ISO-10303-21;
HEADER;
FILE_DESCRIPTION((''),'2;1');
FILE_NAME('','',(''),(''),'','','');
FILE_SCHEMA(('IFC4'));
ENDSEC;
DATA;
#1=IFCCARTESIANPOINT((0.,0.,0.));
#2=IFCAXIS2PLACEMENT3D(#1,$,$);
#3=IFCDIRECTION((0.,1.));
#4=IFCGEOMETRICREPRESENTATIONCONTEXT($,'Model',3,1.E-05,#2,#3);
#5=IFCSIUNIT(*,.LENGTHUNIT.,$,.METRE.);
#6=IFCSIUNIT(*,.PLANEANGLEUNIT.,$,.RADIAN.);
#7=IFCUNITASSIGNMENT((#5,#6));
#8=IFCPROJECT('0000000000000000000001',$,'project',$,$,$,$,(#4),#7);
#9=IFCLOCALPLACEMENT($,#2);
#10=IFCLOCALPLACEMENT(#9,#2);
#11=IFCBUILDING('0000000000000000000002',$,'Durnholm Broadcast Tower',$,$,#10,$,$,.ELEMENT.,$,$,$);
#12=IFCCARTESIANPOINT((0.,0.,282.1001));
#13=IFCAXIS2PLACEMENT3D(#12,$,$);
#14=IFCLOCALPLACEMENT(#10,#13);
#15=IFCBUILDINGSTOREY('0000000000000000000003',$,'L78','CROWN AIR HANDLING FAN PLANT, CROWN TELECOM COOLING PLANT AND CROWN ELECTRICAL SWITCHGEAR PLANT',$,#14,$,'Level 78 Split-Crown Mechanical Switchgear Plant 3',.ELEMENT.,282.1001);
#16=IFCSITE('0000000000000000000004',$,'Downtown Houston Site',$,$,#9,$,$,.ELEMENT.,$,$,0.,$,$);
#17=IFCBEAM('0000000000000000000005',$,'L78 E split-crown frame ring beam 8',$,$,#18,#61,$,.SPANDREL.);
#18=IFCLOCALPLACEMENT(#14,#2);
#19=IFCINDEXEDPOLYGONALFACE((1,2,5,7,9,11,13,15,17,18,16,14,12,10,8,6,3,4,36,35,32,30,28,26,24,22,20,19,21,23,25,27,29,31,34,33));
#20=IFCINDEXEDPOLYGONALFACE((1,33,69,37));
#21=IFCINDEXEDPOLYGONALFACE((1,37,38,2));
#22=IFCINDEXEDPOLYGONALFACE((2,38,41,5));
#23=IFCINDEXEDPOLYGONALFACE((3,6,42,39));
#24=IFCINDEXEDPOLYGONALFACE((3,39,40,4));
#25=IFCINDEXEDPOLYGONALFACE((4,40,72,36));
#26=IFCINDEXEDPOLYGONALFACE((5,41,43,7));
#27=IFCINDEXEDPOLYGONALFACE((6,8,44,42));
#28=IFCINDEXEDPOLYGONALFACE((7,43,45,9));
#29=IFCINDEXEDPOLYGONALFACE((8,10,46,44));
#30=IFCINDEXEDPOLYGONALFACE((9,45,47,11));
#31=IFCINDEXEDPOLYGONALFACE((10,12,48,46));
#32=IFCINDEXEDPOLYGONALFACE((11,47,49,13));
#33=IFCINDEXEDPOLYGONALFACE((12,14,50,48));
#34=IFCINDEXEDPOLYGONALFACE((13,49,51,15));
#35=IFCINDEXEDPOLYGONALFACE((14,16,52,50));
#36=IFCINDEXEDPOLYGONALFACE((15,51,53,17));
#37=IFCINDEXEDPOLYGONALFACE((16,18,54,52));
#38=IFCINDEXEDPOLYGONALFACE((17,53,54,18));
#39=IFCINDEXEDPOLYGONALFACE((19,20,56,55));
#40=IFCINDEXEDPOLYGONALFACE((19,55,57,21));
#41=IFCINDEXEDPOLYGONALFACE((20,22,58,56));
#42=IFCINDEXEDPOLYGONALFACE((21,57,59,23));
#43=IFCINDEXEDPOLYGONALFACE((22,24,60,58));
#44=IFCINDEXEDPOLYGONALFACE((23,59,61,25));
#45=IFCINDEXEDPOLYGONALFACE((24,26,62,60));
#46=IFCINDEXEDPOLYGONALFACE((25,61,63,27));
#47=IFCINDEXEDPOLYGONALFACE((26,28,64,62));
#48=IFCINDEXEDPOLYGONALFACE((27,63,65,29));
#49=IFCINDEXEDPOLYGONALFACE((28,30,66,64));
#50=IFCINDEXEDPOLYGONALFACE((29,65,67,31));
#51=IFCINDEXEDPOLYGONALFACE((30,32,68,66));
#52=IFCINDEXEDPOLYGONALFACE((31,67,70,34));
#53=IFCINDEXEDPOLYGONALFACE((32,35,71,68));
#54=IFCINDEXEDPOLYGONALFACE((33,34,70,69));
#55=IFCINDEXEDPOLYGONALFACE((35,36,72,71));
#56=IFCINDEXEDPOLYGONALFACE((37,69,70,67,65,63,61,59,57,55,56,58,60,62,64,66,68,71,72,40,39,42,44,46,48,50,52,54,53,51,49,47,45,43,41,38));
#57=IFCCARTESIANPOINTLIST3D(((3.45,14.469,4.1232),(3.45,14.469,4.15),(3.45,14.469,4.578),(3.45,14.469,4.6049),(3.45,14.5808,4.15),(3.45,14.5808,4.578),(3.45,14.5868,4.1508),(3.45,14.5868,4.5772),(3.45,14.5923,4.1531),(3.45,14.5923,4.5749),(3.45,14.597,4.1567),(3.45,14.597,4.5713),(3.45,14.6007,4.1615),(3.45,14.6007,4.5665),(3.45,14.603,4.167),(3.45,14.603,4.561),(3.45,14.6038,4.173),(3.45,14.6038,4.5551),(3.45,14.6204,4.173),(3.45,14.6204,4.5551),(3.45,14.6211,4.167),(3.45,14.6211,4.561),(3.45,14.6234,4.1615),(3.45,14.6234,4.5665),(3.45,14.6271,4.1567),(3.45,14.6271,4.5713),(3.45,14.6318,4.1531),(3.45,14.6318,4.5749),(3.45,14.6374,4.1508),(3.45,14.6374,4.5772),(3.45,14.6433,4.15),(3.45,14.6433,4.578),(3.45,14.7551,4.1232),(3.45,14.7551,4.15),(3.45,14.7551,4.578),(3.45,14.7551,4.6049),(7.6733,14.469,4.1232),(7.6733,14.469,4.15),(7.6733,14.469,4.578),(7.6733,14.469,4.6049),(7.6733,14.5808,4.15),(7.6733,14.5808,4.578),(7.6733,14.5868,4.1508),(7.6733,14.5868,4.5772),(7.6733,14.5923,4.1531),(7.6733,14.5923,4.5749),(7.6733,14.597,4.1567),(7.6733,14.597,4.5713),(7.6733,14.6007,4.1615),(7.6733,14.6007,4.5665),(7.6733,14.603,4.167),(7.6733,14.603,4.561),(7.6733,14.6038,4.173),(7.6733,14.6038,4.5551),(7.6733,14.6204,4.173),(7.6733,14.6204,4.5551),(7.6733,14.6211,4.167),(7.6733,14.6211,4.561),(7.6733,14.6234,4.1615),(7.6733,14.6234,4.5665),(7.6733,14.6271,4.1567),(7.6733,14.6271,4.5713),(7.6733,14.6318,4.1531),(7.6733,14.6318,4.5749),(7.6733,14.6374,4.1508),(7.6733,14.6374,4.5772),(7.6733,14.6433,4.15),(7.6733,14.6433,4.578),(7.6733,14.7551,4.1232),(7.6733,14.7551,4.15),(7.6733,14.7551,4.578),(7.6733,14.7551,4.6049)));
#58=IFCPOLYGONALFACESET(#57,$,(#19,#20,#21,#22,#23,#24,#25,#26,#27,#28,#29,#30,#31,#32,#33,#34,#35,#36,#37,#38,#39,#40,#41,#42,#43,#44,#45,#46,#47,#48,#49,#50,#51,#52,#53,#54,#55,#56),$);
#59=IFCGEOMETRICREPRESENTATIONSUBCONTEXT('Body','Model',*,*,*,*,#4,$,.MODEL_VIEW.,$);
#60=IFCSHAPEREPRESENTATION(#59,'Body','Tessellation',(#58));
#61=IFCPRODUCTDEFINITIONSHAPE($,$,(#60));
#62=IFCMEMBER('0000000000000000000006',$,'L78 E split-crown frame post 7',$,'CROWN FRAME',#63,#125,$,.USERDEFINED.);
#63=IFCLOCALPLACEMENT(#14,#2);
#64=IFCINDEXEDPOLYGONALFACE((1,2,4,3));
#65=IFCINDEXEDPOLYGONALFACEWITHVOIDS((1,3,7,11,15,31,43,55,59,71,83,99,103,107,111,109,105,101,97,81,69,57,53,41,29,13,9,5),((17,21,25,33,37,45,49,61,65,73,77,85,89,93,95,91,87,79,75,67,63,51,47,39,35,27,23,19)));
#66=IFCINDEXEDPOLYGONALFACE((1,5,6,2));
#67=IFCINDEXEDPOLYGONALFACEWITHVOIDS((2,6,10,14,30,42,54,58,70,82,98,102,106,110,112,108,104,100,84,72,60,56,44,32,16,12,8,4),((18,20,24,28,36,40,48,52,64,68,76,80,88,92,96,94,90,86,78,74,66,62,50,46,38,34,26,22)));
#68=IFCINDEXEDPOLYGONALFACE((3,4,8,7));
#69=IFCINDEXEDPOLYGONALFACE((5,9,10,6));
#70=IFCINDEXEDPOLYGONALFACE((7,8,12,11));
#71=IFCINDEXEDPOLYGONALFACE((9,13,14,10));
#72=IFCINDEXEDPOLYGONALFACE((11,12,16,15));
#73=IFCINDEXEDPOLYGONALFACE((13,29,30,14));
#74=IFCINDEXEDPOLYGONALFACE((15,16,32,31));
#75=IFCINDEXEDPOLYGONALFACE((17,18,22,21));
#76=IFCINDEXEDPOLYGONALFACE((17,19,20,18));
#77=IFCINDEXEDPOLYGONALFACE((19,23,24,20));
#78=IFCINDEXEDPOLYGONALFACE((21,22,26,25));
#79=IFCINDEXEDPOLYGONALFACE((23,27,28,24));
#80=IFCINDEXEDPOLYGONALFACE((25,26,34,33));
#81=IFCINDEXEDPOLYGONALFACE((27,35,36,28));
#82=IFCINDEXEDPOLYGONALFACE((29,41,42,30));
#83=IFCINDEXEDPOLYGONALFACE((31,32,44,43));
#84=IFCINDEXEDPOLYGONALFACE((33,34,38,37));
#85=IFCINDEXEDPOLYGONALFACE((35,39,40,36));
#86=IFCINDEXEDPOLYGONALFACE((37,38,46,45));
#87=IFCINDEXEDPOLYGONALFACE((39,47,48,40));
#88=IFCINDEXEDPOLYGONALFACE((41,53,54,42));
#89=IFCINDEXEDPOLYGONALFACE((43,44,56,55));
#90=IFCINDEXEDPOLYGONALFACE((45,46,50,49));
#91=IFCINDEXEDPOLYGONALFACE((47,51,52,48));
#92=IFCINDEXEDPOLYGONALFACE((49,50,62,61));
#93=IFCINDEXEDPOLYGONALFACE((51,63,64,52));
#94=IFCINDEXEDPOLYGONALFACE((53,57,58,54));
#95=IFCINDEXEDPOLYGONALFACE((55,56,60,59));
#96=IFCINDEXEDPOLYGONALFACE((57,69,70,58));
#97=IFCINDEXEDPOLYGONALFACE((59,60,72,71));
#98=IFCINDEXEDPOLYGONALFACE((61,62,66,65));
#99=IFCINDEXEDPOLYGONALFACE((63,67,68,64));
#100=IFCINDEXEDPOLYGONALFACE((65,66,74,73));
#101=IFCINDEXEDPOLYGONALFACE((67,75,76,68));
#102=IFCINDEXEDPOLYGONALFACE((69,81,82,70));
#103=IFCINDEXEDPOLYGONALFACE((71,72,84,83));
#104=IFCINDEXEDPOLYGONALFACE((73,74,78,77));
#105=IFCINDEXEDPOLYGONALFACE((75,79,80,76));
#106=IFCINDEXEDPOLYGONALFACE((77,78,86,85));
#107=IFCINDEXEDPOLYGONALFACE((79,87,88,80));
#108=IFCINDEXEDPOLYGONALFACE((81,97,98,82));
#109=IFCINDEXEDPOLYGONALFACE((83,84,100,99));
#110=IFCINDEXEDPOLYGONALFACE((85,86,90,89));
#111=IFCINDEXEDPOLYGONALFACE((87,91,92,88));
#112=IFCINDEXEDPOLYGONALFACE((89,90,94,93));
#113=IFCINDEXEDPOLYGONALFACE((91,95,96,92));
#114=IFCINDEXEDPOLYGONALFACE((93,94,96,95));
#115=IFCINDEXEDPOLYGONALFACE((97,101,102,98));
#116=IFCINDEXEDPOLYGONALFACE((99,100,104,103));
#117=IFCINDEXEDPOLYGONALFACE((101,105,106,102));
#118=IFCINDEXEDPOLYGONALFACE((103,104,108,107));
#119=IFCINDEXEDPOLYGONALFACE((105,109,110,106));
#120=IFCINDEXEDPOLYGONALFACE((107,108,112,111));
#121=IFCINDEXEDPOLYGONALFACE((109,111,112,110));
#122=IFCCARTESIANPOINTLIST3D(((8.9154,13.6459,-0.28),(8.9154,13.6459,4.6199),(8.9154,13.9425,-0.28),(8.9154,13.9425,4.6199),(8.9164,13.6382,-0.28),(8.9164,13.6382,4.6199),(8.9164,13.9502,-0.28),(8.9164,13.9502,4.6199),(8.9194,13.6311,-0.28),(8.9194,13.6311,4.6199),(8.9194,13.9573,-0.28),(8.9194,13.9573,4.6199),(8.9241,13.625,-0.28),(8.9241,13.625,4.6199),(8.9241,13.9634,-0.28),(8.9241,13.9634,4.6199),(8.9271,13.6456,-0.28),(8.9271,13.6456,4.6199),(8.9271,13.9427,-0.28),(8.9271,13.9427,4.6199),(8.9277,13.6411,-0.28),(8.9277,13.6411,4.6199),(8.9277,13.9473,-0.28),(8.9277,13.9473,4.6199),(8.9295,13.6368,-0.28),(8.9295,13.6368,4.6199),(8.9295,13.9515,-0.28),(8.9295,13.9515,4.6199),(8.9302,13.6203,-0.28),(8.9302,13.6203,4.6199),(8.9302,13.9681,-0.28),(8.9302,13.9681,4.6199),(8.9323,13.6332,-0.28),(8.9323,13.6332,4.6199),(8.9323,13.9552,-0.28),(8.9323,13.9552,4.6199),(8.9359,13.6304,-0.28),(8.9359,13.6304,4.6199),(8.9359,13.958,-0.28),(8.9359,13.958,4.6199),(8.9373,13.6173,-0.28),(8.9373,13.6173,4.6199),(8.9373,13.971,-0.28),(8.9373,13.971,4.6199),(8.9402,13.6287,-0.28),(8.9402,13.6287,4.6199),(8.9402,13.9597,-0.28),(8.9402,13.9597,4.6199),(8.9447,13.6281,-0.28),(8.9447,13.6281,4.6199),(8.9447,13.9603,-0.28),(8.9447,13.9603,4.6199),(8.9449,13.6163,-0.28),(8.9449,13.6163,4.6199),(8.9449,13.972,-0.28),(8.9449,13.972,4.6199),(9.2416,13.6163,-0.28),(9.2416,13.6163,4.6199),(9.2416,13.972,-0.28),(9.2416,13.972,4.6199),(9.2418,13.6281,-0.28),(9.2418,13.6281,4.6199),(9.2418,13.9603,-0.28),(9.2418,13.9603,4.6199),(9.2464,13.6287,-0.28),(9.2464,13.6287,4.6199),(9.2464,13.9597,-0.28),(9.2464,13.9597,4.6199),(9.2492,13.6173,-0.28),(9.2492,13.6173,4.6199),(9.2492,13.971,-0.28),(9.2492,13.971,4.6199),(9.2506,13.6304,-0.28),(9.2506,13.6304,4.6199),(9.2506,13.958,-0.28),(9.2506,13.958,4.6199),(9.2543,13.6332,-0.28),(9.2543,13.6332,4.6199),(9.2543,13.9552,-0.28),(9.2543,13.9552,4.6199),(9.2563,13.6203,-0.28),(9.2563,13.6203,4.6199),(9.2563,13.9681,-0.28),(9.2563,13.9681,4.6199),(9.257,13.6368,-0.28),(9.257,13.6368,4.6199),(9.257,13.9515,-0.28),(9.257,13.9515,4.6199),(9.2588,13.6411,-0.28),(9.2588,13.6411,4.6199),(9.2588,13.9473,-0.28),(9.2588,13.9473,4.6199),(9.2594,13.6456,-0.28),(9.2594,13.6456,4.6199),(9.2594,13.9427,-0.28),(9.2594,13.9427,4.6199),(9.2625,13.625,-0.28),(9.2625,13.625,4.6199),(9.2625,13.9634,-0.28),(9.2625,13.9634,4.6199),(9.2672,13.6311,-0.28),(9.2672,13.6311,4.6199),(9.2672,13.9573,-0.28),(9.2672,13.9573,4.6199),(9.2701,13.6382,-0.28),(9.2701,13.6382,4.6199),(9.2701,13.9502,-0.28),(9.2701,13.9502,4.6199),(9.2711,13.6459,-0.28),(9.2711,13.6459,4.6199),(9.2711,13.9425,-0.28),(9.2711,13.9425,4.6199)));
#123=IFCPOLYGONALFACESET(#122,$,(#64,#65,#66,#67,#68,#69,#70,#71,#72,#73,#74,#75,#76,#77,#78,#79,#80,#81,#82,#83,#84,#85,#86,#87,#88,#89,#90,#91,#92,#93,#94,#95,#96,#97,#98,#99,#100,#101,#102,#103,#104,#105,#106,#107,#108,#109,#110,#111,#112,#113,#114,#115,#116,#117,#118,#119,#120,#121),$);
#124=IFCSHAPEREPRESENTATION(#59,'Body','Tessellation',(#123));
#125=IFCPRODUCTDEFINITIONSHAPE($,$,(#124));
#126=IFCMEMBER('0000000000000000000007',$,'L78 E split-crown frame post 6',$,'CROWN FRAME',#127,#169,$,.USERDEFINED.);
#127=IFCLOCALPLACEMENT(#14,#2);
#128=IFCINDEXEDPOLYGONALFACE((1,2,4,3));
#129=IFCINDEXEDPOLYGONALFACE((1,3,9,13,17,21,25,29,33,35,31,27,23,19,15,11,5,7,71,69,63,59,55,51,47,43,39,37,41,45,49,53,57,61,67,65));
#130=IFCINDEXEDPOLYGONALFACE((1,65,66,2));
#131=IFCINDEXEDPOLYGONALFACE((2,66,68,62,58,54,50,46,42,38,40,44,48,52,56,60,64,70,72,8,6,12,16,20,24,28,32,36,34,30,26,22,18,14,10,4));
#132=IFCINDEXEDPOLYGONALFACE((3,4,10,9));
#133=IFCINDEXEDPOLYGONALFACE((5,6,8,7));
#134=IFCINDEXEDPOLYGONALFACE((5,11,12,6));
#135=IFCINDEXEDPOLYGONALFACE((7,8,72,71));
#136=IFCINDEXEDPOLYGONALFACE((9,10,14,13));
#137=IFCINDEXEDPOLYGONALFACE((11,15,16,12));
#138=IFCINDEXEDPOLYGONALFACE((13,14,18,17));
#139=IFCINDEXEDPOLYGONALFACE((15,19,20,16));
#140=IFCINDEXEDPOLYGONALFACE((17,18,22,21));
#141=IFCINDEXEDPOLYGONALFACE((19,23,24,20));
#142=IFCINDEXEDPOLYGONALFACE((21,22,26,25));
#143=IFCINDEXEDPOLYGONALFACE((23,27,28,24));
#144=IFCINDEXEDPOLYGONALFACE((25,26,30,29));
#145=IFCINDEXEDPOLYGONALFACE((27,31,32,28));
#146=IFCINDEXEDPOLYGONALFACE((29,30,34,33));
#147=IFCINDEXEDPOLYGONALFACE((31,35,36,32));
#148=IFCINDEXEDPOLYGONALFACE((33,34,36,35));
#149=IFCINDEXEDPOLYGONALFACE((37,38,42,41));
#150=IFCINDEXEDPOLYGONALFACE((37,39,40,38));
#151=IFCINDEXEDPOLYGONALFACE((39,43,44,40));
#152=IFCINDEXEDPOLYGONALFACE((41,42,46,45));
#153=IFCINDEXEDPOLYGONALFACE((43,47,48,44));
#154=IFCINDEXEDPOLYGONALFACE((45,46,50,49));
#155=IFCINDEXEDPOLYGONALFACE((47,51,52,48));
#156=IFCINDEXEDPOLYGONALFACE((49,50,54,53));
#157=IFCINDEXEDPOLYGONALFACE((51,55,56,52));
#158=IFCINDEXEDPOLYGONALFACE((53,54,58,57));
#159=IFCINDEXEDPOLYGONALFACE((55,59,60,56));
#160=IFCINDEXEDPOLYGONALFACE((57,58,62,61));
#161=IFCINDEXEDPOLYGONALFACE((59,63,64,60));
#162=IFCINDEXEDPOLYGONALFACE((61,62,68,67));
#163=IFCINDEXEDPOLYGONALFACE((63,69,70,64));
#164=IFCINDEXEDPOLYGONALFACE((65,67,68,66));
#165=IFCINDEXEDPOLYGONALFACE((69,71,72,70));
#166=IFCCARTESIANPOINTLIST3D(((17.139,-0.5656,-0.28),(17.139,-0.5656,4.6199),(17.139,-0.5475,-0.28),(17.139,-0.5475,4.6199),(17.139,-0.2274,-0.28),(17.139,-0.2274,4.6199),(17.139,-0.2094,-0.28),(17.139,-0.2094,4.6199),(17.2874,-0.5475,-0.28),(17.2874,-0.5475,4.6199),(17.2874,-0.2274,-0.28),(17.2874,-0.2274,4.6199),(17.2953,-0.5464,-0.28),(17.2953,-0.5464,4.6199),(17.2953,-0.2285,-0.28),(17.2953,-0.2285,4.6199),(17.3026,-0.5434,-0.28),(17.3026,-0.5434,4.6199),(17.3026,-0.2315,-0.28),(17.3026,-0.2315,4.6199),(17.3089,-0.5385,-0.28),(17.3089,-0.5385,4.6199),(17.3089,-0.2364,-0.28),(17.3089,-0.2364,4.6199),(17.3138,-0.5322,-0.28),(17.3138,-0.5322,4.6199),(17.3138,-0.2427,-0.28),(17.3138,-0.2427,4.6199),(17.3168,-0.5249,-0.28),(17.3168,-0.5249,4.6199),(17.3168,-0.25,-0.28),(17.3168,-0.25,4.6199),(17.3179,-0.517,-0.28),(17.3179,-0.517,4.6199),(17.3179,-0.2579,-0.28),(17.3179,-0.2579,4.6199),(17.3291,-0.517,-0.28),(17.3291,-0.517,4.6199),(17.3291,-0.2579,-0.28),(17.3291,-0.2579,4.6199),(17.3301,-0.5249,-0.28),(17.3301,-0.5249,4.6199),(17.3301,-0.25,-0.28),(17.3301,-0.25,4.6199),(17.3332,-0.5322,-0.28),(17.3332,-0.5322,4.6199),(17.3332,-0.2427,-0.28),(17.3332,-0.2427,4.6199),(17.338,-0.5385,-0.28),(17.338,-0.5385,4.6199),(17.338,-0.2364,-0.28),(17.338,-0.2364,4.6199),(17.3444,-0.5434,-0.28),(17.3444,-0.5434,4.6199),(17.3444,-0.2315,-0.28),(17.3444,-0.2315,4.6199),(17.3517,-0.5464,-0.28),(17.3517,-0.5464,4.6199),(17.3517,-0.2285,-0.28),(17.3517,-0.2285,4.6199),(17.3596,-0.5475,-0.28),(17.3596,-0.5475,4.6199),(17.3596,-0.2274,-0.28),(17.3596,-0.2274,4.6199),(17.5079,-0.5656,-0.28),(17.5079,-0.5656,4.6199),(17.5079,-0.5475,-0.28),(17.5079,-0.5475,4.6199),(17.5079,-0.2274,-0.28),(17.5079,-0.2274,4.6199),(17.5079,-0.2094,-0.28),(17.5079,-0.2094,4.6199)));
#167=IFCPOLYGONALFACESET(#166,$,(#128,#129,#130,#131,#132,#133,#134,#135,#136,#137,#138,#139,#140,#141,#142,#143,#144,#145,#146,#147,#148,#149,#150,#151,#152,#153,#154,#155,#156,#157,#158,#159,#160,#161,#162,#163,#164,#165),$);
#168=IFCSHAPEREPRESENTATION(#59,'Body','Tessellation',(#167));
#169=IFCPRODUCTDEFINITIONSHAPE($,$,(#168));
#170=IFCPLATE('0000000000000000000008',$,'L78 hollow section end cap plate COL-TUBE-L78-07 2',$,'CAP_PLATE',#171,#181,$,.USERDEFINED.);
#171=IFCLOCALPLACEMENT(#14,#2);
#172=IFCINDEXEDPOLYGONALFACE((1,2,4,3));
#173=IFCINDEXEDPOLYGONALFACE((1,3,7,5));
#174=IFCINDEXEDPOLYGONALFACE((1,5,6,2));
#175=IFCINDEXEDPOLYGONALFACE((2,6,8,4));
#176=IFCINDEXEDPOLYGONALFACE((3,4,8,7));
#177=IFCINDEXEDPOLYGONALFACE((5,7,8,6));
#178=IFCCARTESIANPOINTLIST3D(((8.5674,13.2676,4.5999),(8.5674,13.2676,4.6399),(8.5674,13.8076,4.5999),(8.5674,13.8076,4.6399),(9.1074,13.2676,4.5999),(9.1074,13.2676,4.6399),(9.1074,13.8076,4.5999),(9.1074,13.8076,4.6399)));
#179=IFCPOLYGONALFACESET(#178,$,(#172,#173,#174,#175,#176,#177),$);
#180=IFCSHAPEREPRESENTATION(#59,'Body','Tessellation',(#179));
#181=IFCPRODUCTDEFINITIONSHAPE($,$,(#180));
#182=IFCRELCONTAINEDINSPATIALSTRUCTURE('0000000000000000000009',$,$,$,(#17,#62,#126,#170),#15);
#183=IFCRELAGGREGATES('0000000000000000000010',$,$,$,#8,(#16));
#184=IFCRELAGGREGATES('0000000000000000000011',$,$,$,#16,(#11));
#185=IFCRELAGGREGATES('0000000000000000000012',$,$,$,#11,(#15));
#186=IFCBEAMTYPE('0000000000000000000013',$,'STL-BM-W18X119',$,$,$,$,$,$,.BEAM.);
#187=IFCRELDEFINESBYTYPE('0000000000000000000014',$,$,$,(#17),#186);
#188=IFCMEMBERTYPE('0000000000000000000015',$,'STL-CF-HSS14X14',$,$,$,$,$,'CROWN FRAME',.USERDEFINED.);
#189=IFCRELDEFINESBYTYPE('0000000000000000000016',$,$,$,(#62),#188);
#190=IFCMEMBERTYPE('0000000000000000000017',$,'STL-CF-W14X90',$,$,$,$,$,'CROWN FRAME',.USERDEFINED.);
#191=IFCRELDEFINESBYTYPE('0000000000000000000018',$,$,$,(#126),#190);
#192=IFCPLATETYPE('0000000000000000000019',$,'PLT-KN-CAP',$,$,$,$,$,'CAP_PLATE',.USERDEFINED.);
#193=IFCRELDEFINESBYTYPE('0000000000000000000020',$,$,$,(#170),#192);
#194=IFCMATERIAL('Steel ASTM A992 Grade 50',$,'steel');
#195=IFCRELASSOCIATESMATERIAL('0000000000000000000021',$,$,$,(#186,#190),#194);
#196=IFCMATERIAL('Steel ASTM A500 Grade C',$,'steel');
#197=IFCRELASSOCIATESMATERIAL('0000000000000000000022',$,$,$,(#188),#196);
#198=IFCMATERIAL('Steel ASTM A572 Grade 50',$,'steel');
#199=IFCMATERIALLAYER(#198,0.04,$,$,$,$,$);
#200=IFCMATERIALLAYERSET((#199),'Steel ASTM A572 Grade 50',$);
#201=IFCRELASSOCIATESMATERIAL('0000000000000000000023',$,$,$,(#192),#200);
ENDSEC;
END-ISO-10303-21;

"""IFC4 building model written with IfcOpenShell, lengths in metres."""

from ifc_helpers import new_model, si_unit, direction, frame, origin, origin_2d, place, context, subcontext, project, spatial, rectangle, hollow_rectangle, i_section, extrude, source, transform, mapped, material, layer, layer_set, material_profile, profile_set, type_object, type_shapes, element, save


model = new_model("IFC4")

# Units and contexts
model_context = context("Model", 3, precision=1e-05, world=origin(), true_north=direction((0.0, 1.0)))
body_context = subcontext(model_context, "Body", "Model", "MODEL_VIEW")
ifc_project = project(units=[si_unit("LENGTHUNIT", "METRE"), si_unit("PLANEANGLEUNIT", "RADIAN")], contexts=[model_context])

# Site, building, storey
site_placement = place(None, origin())
site = spatial("IfcSite", under=ifc_project, at=site_placement, Name="Downtown Houston Site", CompositionType="ELEMENT", RefElevation=0.0)
building_placement = place(site_placement, origin())
building = spatial("IfcBuilding", under=site, at=building_placement, Name="Durnholm Broadcast Tower", CompositionType="ELEMENT")
storey_placement = place(building_placement, frame((0.0, 0.0, 282.1001)))
storey = spatial("IfcBuildingStorey", under=building, at=storey_placement, Name="L78", Description="CROWN AIR HANDLING FAN PLANT, CROWN TELECOM COOLING PLANT AND CROWN ELECTRICAL SWITCHGEAR PLANT", LongName="Level 78 Split-Crown Mechanical Switchgear Plant 3", CompositionType="ELEMENT", Elevation=282.1001)

# Shared definitions
ifc_material_1 = material(Name="Steel ASTM A500 Grade C", Category="steel")

# Beam
ifc_material_2 = material(Name="Steel ASTM A992 Grade 50", Category="steel")
ifc_material_profile_1 = material_profile(ifc_material_2, i_section(OverallWidth=0.2861, OverallDepth=0.4817, WebThickness=0.0166, FlangeThickness=0.0269, FilletRadius=0.0229, at=origin_2d()), Name="W18X119")
ifc_profile_set_1 = profile_set([ifc_material_profile_1], Name="Steel ASTM A992 Grade 50")
beam_type_1 = type_object("IfcBeamType", Name="STL-BM-W18X119", PredefinedType="BEAM", material=ifc_profile_set_1)
shared_shape_1 = source(origin(), body_context, "Body", "SweptSolid", [
    extrude(i_section(OverallWidth=0.2861, OverallDepth=0.4817, WebThickness=0.0166, FlangeThickness=0.0269, FilletRadius=0.0229, at=origin_2d()), origin(), (0.0, 0.0, 1.0), 4.2234),
])
beam_1_placement = place(storey_placement, frame((7.6733, 14.6121, 4.364), z_axis=(-1.0, 0.0, 0.0), x_axis=(0.0, -1.0, 0.0)))
element("IfcBeam", 1, at=beam_1_placement, inside=storey, type_object=beam_type_1, Name="L78 E split-crown frame ring beam 8", PredefinedType="SPANDREL", context=body_context, shape_type="MappedRepresentation", body=[
    mapped(shared_shape_1, transform((0.0, 0.0, 0.0), x_axis=(1.0, 0.0, 0.0), y_axis=(0.0, 1.0, 0.0), z_axis=(0.0, 0.0, 1.0), scale=1.0)),
])

# Members
ifc_material_profile_2 = material_profile(ifc_material_1, hollow_rectangle(XDim=0.3557, YDim=0.3557, WallThickness=0.0117, InnerFilletRadius=0.0176, OuterFilletRadius=0.0295, at=origin_2d()), Name="HSS14X14X1/2")
ifc_profile_set_2 = profile_set([ifc_material_profile_2], Name="Steel ASTM A500 Grade C")
member_type_1 = type_object("IfcMemberType", Name="STL-CF-HSS14X14", ElementType="CROWN FRAME", PredefinedType="USERDEFINED", material=ifc_profile_set_2)
shared_shape_2 = source(origin(), body_context, "Body", "SweptSolid", [
    extrude(hollow_rectangle(XDim=0.3557, YDim=0.3557, WallThickness=0.0117, InnerFilletRadius=0.0176, OuterFilletRadius=0.0295, at=origin_2d()), origin(), (0.0, 0.0, 1.0), 4.8999),
])
type_shapes(member_type_1, [shared_shape_2])
member_1_placement = place(storey_placement, frame((9.0933, 13.7942, -0.28), z_axis=(0.0, 0.0, 1.0), x_axis=(1.0, 0.0, 0.0)))
element("IfcMember", 2, at=member_1_placement, inside=storey, type_object=member_type_1, Name="L78 E split-crown frame post 7", ObjectType="CROWN FRAME", PredefinedType="USERDEFINED", context=body_context, shape_type="MappedRepresentation", body=[
    mapped(shared_shape_2, transform((0.0, 0.0, 0.0), x_axis=(1.0, 0.0, 0.0), y_axis=(0.0, 1.0, 0.0), z_axis=(0.0, 0.0, 1.0), scale=1.0)),
])
ifc_material_profile_3 = material_profile(ifc_material_2, i_section(OverallWidth=0.3689, OverallDepth=0.3562, WebThickness=0.0112, FlangeThickness=0.0181, FilletRadius=0.0305, at=origin_2d()), Name="W14X90")
ifc_profile_set_3 = profile_set([ifc_material_profile_3], Name="Steel ASTM A992 Grade 50")
member_type_2 = type_object("IfcMemberType", Name="STL-CF-W14X90", ElementType="CROWN FRAME", PredefinedType="USERDEFINED", material=ifc_profile_set_3)
shared_shape_3 = source(origin(), body_context, "Body", "SweptSolid", [
    extrude(i_section(OverallWidth=0.3689, OverallDepth=0.3562, WebThickness=0.0112, FlangeThickness=0.0181, FilletRadius=0.0305, at=origin_2d()), origin(), (0.0, 0.0, 1.0), 4.8999),
])
type_shapes(member_type_2, [shared_shape_3])
member_2_placement = place(storey_placement, frame((17.3235, -0.3875, -0.28), z_axis=(0.0, 0.0, 1.0), x_axis=(1.0, 0.0, 0.0)))
element("IfcMember", 3, at=member_2_placement, inside=storey, type_object=member_type_2, Name="L78 E split-crown frame post 6", ObjectType="CROWN FRAME", PredefinedType="USERDEFINED", context=body_context, shape_type="MappedRepresentation", body=[
    mapped(shared_shape_3, transform((0.0, 0.0, 0.0), x_axis=(1.0, 0.0, 0.0), y_axis=(0.0, 1.0, 0.0), z_axis=(0.0, 0.0, 1.0), scale=1.0)),
])

# Plate
ifc_material_3 = material(Name="Steel ASTM A572 Grade 50", Category="steel")
ifc_layer_1 = layer(ifc_material_3, 0.04)
ifc_layer_set_1 = layer_set([ifc_layer_1], Name="Steel ASTM A572 Grade 50")
plate_type_1 = type_object("IfcPlateType", Name="PLT-KN-CAP", ElementType="CAP_PLATE", PredefinedType="USERDEFINED", material=ifc_layer_set_1)
shared_shape_4 = source(origin(), body_context, "Body", "SweptSolid", [
    extrude(rectangle(XDim=0.54, YDim=0.54, at=origin_2d()), origin(), (0.0, 0.0, 1.0), 0.04),
])
type_shapes(plate_type_1, [shared_shape_4])
for number, where, z_axis, x_axis, name in (
    (4, (8.8374, 13.5376, 4.5999), (0.0, 0.0, 1.0), (1.0, 0.0, 0.0), "L78 hollow section end cap plate COL-TUBE-L78-07 2"),
):
    element("IfcPlate", number, at=place(storey_placement, frame(where, z_axis=z_axis, x_axis=x_axis)), inside=storey, type_object=plate_type_1, Name=name, ObjectType="CAP_PLATE", PredefinedType="USERDEFINED", context=body_context, shape_type="MappedRepresentation", body=[
        mapped(shared_shape_4, transform((0.0, 0.0, 0.0), x_axis=(1.0, 0.0, 0.0), y_axis=(0.0, 1.0, 0.0), z_axis=(0.0, 0.0, 1.0), scale=1.0)),
    ])

save(model, "model.ifc")
